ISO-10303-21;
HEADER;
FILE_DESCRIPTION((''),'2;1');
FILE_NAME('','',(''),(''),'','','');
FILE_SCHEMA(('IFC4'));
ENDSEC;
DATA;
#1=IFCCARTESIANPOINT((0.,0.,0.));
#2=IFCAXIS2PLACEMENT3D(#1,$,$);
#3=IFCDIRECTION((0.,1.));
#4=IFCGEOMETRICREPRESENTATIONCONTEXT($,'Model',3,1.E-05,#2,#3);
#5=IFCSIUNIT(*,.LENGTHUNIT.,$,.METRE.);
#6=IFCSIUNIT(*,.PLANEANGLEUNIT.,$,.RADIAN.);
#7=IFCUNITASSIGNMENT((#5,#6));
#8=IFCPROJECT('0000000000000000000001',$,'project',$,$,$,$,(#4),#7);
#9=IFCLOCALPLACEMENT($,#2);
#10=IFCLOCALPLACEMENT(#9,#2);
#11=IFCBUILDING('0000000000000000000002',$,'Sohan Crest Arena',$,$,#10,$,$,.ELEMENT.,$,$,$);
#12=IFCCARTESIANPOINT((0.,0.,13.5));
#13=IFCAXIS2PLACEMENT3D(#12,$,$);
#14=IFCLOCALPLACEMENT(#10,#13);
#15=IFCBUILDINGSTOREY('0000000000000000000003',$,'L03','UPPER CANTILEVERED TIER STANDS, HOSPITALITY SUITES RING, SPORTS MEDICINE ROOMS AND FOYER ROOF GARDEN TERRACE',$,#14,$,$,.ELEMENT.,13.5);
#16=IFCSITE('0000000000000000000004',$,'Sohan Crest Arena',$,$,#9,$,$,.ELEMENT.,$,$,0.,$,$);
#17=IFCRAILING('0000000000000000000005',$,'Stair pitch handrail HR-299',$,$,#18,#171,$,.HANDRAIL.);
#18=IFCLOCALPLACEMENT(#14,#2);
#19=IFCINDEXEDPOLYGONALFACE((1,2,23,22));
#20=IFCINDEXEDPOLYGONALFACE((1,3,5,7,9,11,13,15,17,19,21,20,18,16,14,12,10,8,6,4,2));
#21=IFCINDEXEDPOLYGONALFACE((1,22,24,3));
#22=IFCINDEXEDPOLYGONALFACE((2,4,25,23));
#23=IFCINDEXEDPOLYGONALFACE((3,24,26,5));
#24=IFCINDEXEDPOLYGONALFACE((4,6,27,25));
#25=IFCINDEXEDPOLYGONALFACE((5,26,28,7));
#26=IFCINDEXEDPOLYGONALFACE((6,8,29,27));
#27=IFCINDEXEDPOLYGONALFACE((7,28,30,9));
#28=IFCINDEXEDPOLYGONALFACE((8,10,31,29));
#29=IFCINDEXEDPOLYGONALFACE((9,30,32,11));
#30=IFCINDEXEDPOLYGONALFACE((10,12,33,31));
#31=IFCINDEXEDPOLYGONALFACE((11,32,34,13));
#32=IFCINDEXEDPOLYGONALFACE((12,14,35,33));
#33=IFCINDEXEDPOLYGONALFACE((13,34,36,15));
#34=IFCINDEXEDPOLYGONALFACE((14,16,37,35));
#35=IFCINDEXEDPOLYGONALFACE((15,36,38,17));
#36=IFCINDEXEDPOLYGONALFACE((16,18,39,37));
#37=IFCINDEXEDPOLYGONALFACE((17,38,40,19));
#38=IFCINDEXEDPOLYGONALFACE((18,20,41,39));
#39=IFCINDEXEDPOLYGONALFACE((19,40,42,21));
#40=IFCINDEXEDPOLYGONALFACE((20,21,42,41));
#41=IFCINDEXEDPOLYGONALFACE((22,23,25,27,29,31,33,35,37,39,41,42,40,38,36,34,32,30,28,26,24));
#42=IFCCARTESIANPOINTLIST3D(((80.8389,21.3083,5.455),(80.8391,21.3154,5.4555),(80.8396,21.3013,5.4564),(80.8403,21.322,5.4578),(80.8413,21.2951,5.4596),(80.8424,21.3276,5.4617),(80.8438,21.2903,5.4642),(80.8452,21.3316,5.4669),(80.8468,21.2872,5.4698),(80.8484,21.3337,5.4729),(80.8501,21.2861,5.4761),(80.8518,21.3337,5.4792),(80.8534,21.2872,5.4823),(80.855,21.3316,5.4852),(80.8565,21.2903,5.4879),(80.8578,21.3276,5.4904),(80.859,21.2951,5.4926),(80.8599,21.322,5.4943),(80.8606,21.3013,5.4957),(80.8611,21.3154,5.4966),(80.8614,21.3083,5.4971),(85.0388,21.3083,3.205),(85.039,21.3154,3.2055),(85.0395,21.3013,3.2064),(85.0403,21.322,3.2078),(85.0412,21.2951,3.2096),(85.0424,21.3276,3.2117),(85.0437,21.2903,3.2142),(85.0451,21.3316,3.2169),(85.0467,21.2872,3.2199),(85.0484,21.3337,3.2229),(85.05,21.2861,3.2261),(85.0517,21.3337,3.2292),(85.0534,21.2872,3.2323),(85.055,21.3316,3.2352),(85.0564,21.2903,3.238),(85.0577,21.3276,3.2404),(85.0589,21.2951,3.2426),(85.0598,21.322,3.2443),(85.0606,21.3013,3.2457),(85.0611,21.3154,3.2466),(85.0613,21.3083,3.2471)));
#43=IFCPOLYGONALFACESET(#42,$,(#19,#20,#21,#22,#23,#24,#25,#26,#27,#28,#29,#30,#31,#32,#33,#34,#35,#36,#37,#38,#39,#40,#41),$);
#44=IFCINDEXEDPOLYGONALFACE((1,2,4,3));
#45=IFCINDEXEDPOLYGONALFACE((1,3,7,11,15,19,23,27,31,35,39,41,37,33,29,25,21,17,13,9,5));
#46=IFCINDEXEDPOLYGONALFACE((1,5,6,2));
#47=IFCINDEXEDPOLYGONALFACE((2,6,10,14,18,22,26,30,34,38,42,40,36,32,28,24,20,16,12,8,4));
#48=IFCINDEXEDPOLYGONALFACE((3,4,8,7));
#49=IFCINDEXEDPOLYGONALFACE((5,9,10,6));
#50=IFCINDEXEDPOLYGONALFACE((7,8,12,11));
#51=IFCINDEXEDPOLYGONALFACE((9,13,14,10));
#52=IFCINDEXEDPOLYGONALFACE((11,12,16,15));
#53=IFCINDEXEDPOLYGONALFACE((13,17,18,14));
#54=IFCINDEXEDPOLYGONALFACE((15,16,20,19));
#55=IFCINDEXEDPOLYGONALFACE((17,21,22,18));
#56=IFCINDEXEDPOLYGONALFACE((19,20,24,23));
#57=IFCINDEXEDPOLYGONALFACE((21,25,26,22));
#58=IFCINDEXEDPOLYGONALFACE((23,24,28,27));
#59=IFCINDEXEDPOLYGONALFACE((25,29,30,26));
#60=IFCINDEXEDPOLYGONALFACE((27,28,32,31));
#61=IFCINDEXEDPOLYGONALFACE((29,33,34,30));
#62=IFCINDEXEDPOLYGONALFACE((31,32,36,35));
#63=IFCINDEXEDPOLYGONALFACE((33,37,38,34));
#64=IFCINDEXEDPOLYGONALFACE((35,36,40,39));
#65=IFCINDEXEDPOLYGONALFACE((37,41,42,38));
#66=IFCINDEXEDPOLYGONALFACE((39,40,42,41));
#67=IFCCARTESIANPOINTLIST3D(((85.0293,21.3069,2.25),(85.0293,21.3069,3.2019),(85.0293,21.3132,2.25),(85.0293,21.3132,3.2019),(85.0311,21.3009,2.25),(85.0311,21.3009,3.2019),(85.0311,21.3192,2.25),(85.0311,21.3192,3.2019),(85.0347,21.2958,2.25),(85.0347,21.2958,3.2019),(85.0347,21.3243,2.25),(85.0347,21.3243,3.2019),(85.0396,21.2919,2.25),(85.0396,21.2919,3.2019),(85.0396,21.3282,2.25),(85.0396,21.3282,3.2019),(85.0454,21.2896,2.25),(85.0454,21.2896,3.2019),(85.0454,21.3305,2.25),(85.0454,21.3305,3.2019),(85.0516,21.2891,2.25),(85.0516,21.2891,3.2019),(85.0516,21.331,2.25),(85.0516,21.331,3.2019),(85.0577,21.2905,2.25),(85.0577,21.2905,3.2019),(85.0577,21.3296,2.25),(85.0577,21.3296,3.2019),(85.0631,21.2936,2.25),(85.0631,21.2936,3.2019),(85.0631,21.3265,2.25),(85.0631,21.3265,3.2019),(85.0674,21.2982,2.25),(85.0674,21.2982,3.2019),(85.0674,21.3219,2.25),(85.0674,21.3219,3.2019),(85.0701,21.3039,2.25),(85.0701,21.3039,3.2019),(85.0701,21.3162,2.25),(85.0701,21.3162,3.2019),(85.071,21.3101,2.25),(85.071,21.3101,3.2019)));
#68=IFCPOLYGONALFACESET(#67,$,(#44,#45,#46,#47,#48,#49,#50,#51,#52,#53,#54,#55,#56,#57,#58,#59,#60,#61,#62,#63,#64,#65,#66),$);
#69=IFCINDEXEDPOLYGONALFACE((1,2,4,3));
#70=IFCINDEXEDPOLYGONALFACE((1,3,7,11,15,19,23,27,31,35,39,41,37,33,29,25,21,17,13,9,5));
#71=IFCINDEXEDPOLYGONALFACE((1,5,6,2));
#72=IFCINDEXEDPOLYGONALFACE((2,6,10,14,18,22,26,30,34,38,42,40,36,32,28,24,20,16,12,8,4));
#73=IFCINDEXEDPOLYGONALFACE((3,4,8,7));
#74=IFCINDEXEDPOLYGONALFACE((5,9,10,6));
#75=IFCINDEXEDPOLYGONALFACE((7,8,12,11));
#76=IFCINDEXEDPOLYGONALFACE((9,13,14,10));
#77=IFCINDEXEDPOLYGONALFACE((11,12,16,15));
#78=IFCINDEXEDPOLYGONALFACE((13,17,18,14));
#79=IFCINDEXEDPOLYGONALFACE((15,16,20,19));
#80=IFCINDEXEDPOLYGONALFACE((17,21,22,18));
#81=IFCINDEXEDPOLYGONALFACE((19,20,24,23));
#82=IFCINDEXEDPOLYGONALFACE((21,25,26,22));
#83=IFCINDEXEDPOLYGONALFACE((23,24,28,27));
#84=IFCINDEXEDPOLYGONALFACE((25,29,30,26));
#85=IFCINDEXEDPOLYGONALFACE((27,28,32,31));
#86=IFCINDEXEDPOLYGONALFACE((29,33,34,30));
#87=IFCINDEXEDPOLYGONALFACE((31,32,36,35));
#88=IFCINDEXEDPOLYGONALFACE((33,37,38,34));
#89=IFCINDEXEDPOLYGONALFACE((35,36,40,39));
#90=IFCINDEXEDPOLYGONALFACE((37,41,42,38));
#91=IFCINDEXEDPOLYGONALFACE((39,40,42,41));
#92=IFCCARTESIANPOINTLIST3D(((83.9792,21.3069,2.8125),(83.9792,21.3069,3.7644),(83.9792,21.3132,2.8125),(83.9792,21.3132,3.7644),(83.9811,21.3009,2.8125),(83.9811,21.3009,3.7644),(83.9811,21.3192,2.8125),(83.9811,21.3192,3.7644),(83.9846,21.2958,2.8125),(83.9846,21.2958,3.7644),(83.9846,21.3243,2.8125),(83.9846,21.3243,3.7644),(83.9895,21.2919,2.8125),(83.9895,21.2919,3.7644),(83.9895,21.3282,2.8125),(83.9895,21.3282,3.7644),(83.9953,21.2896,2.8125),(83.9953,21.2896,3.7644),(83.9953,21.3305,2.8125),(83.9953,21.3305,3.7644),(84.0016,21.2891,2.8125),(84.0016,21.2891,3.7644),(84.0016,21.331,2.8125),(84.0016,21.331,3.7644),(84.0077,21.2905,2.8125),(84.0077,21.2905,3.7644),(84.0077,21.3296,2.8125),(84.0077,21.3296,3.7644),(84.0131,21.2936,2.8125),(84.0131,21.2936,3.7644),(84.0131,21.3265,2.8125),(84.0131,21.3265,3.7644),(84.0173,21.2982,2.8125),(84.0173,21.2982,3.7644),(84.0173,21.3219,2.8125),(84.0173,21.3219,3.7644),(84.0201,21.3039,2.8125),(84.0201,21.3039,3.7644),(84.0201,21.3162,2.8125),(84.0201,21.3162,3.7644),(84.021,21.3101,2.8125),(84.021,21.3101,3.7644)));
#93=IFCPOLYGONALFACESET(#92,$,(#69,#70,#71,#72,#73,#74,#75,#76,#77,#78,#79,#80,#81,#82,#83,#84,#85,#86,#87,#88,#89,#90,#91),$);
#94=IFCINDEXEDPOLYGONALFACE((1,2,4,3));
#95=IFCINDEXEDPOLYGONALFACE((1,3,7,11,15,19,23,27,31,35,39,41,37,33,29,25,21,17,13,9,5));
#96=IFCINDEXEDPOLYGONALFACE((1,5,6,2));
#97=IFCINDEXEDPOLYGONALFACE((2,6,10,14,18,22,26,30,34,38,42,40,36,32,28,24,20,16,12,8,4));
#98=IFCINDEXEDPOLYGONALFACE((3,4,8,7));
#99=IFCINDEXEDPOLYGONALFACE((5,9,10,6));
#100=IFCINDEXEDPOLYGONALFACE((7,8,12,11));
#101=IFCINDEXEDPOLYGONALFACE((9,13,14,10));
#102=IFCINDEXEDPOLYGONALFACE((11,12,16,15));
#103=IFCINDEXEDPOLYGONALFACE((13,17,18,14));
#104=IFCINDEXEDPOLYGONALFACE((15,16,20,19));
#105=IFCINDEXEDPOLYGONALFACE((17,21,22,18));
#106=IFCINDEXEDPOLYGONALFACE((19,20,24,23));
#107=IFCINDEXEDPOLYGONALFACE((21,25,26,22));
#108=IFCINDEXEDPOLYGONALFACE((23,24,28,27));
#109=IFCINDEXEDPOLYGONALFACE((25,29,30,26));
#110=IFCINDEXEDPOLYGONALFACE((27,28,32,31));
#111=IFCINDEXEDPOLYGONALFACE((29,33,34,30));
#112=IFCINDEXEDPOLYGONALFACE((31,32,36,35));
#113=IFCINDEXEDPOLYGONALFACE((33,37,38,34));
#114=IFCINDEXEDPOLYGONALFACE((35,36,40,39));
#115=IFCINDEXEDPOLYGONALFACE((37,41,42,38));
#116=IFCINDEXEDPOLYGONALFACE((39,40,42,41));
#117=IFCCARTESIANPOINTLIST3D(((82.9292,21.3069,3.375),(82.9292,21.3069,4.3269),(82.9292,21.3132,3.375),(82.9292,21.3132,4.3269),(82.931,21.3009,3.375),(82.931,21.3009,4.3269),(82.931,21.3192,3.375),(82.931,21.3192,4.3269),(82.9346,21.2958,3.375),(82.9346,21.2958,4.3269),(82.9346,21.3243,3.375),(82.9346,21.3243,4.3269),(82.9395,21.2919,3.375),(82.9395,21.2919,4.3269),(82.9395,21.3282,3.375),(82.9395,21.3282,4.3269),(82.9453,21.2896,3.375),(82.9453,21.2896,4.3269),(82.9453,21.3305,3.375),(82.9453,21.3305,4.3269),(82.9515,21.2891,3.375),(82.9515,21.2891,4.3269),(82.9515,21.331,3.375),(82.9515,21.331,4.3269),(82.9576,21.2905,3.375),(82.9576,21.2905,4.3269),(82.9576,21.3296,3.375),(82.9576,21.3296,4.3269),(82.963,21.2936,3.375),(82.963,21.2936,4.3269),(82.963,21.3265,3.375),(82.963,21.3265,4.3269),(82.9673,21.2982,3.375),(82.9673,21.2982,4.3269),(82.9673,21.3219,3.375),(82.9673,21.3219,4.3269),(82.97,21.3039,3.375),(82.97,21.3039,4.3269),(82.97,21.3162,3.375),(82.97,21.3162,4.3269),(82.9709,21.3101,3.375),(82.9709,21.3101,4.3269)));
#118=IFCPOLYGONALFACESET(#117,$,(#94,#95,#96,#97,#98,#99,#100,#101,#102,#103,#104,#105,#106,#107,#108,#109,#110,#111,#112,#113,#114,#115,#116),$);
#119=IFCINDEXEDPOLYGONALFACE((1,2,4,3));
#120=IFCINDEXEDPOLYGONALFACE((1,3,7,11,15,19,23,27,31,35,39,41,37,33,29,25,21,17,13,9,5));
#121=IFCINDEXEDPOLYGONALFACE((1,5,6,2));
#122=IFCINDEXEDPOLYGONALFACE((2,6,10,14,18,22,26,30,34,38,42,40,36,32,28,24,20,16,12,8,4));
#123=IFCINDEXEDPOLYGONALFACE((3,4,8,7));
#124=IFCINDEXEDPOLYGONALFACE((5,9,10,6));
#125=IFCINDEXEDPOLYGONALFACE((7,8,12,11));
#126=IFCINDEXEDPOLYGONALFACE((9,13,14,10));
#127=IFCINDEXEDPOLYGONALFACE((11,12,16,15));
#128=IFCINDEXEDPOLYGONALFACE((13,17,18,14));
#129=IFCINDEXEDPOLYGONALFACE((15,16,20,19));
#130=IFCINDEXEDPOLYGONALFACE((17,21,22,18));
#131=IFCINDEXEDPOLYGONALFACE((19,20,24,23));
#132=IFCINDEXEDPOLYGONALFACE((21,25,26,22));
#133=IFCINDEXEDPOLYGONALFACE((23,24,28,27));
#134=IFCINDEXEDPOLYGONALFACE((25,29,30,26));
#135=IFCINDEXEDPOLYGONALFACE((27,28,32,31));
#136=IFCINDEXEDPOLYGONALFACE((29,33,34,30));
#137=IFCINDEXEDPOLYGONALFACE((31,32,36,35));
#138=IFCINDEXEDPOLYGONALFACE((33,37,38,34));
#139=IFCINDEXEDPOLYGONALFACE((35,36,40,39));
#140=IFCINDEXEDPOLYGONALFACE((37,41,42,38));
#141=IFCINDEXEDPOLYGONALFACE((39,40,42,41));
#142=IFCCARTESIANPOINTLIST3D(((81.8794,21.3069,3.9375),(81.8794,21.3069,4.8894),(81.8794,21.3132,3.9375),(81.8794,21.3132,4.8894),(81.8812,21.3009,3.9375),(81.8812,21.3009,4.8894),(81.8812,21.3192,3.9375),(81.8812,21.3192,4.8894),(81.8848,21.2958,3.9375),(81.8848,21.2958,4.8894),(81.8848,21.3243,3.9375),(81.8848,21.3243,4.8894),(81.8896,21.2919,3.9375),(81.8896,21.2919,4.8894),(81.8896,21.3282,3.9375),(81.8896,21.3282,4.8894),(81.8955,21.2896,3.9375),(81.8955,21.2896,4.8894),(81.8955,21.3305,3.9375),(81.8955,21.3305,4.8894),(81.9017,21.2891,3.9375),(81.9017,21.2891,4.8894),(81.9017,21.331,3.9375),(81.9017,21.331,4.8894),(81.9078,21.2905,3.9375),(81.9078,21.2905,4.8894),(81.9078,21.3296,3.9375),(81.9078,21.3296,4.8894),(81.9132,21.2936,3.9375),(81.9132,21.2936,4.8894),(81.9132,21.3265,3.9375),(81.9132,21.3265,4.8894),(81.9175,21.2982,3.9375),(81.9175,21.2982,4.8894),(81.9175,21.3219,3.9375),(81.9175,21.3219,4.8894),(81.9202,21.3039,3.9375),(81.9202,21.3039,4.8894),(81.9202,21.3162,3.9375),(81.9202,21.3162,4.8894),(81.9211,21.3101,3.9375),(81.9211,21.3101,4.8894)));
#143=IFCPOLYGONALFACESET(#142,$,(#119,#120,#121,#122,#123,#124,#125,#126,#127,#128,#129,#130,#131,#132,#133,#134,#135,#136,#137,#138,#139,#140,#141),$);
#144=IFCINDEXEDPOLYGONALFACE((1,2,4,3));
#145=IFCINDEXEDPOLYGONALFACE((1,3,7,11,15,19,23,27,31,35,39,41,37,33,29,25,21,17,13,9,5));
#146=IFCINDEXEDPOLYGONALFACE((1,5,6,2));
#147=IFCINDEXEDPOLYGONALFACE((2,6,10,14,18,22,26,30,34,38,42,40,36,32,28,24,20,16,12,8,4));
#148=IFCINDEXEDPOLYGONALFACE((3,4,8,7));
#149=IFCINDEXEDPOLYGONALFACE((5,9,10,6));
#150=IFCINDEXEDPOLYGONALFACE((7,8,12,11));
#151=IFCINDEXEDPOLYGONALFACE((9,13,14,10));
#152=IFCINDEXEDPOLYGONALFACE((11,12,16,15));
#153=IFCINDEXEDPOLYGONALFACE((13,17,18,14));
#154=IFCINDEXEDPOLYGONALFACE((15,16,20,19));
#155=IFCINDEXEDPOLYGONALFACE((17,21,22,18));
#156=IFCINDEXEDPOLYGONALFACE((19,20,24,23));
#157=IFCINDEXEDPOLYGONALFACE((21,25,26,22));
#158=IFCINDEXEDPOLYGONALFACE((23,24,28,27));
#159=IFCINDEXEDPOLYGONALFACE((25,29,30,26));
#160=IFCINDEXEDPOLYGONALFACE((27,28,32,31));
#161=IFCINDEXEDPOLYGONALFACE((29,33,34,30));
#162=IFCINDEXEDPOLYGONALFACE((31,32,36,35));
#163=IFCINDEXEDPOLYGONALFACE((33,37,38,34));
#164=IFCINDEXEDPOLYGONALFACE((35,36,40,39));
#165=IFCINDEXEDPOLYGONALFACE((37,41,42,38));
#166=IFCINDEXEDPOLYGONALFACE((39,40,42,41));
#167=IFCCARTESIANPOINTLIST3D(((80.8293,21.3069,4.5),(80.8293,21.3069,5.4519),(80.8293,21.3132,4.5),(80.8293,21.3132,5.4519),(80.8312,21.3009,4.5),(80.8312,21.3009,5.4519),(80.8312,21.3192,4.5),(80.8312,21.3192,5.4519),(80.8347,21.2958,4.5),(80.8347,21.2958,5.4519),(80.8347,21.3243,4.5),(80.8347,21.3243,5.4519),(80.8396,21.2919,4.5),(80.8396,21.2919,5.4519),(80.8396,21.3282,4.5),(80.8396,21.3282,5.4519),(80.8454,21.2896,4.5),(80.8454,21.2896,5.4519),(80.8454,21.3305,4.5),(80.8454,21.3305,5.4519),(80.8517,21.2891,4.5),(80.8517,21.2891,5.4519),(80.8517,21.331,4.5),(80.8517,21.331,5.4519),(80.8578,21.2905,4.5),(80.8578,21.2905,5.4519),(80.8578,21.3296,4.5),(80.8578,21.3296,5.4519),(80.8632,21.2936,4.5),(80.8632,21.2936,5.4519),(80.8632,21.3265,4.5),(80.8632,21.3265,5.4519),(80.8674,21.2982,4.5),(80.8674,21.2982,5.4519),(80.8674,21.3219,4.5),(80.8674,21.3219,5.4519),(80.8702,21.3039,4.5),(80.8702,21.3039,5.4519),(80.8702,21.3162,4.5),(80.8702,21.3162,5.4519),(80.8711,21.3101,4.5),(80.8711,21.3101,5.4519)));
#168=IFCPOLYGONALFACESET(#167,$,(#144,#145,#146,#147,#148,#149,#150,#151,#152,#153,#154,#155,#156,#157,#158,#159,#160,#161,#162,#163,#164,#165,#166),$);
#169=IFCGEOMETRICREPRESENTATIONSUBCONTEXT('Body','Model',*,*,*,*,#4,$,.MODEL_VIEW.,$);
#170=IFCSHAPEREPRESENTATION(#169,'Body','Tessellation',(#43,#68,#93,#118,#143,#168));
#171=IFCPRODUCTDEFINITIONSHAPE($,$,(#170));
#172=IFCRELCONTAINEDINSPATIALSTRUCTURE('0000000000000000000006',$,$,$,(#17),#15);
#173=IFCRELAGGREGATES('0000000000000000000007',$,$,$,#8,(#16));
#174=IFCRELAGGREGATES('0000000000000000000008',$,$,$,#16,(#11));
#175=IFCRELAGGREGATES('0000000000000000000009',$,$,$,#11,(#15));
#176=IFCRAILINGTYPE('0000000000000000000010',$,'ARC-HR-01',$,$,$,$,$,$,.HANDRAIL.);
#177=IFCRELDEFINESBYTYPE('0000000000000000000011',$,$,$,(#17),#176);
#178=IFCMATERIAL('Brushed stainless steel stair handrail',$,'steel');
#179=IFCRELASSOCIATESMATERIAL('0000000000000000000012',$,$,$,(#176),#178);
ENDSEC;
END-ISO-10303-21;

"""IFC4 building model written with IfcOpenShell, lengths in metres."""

from ifc_helpers import new_model, si_unit, direction, frame, origin, origin_2d, place, context, subcontext, project, spatial, circle, extrude, material, type_object, element, save


model = new_model("IFC4")

# Units and contexts
model_context = context("Model", 3, precision=1e-05, world=origin(), true_north=direction((0.0, 1.0)))
body_context = subcontext(model_context, "Body", "Model", "MODEL_VIEW")
ifc_project = project(units=[si_unit("LENGTHUNIT", "METRE"), si_unit("PLANEANGLEUNIT", "RADIAN")], contexts=[model_context])

# Site, building, storey
site_placement = place(None, origin())
site = spatial("IfcSite", under=ifc_project, at=site_placement, Name="Sohan Crest Arena", CompositionType="ELEMENT", RefElevation=0.0)
building_placement = place(site_placement, origin())
building = spatial("IfcBuilding", under=site, at=building_placement, Name="Sohan Crest Arena", CompositionType="ELEMENT")
storey_placement = place(building_placement, frame((0.0, 0.0, 13.5)))
storey = spatial("IfcBuildingStorey", under=building, at=storey_placement, Name="L03", Description="UPPER CANTILEVERED TIER STANDS, HOSPITALITY SUITES RING, SPORTS MEDICINE ROOMS AND FOYER ROOF GARDEN TERRACE", CompositionType="ELEMENT", Elevation=13.5)

# Railing
ifc_material_1 = material(Name="Brushed stainless steel stair handrail", Category="steel")
railing_type_1 = type_object("IfcRailingType", Name="ARC-HR-01", PredefinedType="HANDRAIL", material=ifc_material_1)
railing_1_placement = place(storey_placement, frame((85.05, 21.3101, 2.25)))
element("IfcRailing", 1, at=railing_1_placement, inside=storey, type_object=railing_type_1, Name="Stair pitch handrail HR-299", PredefinedType="HANDRAIL", context=body_context, shape_type="SweptSolid", body=[
    extrude(circle(Radius=0.0239, at=origin_2d()), frame((0.0, 0.0, 0.9761), z_axis=(-0.881478, 0.0, 0.472226), x_axis=(0.0, -1.0, 0.0)), (0.0, 0.0, 1.0), 4.7646),
    extrude(circle(Radius=0.021, at=origin_2d()), origin(), (0.0, 0.0, 1.0), 0.9519),
    extrude(circle(Radius=0.021, at=origin_2d()), frame((-1.05, 0.0, 0.5625)), (0.0, 0.0, 1.0), 0.9519),
    extrude(circle(Radius=0.021, at=origin_2d()), frame((-2.1001, 0.0, 1.125)), (0.0, 0.0, 1.0), 0.9519),
    extrude(circle(Radius=0.021, at=origin_2d()), frame((-3.1499, 0.0, 1.6875)), (0.0, 0.0, 1.0), 0.9519),
    extrude(circle(Radius=0.021, at=origin_2d()), frame((-4.2, 0.0, 2.25)), (0.0, 0.0, 1.0), 0.9519),
])

save(model, "model.ifc")
